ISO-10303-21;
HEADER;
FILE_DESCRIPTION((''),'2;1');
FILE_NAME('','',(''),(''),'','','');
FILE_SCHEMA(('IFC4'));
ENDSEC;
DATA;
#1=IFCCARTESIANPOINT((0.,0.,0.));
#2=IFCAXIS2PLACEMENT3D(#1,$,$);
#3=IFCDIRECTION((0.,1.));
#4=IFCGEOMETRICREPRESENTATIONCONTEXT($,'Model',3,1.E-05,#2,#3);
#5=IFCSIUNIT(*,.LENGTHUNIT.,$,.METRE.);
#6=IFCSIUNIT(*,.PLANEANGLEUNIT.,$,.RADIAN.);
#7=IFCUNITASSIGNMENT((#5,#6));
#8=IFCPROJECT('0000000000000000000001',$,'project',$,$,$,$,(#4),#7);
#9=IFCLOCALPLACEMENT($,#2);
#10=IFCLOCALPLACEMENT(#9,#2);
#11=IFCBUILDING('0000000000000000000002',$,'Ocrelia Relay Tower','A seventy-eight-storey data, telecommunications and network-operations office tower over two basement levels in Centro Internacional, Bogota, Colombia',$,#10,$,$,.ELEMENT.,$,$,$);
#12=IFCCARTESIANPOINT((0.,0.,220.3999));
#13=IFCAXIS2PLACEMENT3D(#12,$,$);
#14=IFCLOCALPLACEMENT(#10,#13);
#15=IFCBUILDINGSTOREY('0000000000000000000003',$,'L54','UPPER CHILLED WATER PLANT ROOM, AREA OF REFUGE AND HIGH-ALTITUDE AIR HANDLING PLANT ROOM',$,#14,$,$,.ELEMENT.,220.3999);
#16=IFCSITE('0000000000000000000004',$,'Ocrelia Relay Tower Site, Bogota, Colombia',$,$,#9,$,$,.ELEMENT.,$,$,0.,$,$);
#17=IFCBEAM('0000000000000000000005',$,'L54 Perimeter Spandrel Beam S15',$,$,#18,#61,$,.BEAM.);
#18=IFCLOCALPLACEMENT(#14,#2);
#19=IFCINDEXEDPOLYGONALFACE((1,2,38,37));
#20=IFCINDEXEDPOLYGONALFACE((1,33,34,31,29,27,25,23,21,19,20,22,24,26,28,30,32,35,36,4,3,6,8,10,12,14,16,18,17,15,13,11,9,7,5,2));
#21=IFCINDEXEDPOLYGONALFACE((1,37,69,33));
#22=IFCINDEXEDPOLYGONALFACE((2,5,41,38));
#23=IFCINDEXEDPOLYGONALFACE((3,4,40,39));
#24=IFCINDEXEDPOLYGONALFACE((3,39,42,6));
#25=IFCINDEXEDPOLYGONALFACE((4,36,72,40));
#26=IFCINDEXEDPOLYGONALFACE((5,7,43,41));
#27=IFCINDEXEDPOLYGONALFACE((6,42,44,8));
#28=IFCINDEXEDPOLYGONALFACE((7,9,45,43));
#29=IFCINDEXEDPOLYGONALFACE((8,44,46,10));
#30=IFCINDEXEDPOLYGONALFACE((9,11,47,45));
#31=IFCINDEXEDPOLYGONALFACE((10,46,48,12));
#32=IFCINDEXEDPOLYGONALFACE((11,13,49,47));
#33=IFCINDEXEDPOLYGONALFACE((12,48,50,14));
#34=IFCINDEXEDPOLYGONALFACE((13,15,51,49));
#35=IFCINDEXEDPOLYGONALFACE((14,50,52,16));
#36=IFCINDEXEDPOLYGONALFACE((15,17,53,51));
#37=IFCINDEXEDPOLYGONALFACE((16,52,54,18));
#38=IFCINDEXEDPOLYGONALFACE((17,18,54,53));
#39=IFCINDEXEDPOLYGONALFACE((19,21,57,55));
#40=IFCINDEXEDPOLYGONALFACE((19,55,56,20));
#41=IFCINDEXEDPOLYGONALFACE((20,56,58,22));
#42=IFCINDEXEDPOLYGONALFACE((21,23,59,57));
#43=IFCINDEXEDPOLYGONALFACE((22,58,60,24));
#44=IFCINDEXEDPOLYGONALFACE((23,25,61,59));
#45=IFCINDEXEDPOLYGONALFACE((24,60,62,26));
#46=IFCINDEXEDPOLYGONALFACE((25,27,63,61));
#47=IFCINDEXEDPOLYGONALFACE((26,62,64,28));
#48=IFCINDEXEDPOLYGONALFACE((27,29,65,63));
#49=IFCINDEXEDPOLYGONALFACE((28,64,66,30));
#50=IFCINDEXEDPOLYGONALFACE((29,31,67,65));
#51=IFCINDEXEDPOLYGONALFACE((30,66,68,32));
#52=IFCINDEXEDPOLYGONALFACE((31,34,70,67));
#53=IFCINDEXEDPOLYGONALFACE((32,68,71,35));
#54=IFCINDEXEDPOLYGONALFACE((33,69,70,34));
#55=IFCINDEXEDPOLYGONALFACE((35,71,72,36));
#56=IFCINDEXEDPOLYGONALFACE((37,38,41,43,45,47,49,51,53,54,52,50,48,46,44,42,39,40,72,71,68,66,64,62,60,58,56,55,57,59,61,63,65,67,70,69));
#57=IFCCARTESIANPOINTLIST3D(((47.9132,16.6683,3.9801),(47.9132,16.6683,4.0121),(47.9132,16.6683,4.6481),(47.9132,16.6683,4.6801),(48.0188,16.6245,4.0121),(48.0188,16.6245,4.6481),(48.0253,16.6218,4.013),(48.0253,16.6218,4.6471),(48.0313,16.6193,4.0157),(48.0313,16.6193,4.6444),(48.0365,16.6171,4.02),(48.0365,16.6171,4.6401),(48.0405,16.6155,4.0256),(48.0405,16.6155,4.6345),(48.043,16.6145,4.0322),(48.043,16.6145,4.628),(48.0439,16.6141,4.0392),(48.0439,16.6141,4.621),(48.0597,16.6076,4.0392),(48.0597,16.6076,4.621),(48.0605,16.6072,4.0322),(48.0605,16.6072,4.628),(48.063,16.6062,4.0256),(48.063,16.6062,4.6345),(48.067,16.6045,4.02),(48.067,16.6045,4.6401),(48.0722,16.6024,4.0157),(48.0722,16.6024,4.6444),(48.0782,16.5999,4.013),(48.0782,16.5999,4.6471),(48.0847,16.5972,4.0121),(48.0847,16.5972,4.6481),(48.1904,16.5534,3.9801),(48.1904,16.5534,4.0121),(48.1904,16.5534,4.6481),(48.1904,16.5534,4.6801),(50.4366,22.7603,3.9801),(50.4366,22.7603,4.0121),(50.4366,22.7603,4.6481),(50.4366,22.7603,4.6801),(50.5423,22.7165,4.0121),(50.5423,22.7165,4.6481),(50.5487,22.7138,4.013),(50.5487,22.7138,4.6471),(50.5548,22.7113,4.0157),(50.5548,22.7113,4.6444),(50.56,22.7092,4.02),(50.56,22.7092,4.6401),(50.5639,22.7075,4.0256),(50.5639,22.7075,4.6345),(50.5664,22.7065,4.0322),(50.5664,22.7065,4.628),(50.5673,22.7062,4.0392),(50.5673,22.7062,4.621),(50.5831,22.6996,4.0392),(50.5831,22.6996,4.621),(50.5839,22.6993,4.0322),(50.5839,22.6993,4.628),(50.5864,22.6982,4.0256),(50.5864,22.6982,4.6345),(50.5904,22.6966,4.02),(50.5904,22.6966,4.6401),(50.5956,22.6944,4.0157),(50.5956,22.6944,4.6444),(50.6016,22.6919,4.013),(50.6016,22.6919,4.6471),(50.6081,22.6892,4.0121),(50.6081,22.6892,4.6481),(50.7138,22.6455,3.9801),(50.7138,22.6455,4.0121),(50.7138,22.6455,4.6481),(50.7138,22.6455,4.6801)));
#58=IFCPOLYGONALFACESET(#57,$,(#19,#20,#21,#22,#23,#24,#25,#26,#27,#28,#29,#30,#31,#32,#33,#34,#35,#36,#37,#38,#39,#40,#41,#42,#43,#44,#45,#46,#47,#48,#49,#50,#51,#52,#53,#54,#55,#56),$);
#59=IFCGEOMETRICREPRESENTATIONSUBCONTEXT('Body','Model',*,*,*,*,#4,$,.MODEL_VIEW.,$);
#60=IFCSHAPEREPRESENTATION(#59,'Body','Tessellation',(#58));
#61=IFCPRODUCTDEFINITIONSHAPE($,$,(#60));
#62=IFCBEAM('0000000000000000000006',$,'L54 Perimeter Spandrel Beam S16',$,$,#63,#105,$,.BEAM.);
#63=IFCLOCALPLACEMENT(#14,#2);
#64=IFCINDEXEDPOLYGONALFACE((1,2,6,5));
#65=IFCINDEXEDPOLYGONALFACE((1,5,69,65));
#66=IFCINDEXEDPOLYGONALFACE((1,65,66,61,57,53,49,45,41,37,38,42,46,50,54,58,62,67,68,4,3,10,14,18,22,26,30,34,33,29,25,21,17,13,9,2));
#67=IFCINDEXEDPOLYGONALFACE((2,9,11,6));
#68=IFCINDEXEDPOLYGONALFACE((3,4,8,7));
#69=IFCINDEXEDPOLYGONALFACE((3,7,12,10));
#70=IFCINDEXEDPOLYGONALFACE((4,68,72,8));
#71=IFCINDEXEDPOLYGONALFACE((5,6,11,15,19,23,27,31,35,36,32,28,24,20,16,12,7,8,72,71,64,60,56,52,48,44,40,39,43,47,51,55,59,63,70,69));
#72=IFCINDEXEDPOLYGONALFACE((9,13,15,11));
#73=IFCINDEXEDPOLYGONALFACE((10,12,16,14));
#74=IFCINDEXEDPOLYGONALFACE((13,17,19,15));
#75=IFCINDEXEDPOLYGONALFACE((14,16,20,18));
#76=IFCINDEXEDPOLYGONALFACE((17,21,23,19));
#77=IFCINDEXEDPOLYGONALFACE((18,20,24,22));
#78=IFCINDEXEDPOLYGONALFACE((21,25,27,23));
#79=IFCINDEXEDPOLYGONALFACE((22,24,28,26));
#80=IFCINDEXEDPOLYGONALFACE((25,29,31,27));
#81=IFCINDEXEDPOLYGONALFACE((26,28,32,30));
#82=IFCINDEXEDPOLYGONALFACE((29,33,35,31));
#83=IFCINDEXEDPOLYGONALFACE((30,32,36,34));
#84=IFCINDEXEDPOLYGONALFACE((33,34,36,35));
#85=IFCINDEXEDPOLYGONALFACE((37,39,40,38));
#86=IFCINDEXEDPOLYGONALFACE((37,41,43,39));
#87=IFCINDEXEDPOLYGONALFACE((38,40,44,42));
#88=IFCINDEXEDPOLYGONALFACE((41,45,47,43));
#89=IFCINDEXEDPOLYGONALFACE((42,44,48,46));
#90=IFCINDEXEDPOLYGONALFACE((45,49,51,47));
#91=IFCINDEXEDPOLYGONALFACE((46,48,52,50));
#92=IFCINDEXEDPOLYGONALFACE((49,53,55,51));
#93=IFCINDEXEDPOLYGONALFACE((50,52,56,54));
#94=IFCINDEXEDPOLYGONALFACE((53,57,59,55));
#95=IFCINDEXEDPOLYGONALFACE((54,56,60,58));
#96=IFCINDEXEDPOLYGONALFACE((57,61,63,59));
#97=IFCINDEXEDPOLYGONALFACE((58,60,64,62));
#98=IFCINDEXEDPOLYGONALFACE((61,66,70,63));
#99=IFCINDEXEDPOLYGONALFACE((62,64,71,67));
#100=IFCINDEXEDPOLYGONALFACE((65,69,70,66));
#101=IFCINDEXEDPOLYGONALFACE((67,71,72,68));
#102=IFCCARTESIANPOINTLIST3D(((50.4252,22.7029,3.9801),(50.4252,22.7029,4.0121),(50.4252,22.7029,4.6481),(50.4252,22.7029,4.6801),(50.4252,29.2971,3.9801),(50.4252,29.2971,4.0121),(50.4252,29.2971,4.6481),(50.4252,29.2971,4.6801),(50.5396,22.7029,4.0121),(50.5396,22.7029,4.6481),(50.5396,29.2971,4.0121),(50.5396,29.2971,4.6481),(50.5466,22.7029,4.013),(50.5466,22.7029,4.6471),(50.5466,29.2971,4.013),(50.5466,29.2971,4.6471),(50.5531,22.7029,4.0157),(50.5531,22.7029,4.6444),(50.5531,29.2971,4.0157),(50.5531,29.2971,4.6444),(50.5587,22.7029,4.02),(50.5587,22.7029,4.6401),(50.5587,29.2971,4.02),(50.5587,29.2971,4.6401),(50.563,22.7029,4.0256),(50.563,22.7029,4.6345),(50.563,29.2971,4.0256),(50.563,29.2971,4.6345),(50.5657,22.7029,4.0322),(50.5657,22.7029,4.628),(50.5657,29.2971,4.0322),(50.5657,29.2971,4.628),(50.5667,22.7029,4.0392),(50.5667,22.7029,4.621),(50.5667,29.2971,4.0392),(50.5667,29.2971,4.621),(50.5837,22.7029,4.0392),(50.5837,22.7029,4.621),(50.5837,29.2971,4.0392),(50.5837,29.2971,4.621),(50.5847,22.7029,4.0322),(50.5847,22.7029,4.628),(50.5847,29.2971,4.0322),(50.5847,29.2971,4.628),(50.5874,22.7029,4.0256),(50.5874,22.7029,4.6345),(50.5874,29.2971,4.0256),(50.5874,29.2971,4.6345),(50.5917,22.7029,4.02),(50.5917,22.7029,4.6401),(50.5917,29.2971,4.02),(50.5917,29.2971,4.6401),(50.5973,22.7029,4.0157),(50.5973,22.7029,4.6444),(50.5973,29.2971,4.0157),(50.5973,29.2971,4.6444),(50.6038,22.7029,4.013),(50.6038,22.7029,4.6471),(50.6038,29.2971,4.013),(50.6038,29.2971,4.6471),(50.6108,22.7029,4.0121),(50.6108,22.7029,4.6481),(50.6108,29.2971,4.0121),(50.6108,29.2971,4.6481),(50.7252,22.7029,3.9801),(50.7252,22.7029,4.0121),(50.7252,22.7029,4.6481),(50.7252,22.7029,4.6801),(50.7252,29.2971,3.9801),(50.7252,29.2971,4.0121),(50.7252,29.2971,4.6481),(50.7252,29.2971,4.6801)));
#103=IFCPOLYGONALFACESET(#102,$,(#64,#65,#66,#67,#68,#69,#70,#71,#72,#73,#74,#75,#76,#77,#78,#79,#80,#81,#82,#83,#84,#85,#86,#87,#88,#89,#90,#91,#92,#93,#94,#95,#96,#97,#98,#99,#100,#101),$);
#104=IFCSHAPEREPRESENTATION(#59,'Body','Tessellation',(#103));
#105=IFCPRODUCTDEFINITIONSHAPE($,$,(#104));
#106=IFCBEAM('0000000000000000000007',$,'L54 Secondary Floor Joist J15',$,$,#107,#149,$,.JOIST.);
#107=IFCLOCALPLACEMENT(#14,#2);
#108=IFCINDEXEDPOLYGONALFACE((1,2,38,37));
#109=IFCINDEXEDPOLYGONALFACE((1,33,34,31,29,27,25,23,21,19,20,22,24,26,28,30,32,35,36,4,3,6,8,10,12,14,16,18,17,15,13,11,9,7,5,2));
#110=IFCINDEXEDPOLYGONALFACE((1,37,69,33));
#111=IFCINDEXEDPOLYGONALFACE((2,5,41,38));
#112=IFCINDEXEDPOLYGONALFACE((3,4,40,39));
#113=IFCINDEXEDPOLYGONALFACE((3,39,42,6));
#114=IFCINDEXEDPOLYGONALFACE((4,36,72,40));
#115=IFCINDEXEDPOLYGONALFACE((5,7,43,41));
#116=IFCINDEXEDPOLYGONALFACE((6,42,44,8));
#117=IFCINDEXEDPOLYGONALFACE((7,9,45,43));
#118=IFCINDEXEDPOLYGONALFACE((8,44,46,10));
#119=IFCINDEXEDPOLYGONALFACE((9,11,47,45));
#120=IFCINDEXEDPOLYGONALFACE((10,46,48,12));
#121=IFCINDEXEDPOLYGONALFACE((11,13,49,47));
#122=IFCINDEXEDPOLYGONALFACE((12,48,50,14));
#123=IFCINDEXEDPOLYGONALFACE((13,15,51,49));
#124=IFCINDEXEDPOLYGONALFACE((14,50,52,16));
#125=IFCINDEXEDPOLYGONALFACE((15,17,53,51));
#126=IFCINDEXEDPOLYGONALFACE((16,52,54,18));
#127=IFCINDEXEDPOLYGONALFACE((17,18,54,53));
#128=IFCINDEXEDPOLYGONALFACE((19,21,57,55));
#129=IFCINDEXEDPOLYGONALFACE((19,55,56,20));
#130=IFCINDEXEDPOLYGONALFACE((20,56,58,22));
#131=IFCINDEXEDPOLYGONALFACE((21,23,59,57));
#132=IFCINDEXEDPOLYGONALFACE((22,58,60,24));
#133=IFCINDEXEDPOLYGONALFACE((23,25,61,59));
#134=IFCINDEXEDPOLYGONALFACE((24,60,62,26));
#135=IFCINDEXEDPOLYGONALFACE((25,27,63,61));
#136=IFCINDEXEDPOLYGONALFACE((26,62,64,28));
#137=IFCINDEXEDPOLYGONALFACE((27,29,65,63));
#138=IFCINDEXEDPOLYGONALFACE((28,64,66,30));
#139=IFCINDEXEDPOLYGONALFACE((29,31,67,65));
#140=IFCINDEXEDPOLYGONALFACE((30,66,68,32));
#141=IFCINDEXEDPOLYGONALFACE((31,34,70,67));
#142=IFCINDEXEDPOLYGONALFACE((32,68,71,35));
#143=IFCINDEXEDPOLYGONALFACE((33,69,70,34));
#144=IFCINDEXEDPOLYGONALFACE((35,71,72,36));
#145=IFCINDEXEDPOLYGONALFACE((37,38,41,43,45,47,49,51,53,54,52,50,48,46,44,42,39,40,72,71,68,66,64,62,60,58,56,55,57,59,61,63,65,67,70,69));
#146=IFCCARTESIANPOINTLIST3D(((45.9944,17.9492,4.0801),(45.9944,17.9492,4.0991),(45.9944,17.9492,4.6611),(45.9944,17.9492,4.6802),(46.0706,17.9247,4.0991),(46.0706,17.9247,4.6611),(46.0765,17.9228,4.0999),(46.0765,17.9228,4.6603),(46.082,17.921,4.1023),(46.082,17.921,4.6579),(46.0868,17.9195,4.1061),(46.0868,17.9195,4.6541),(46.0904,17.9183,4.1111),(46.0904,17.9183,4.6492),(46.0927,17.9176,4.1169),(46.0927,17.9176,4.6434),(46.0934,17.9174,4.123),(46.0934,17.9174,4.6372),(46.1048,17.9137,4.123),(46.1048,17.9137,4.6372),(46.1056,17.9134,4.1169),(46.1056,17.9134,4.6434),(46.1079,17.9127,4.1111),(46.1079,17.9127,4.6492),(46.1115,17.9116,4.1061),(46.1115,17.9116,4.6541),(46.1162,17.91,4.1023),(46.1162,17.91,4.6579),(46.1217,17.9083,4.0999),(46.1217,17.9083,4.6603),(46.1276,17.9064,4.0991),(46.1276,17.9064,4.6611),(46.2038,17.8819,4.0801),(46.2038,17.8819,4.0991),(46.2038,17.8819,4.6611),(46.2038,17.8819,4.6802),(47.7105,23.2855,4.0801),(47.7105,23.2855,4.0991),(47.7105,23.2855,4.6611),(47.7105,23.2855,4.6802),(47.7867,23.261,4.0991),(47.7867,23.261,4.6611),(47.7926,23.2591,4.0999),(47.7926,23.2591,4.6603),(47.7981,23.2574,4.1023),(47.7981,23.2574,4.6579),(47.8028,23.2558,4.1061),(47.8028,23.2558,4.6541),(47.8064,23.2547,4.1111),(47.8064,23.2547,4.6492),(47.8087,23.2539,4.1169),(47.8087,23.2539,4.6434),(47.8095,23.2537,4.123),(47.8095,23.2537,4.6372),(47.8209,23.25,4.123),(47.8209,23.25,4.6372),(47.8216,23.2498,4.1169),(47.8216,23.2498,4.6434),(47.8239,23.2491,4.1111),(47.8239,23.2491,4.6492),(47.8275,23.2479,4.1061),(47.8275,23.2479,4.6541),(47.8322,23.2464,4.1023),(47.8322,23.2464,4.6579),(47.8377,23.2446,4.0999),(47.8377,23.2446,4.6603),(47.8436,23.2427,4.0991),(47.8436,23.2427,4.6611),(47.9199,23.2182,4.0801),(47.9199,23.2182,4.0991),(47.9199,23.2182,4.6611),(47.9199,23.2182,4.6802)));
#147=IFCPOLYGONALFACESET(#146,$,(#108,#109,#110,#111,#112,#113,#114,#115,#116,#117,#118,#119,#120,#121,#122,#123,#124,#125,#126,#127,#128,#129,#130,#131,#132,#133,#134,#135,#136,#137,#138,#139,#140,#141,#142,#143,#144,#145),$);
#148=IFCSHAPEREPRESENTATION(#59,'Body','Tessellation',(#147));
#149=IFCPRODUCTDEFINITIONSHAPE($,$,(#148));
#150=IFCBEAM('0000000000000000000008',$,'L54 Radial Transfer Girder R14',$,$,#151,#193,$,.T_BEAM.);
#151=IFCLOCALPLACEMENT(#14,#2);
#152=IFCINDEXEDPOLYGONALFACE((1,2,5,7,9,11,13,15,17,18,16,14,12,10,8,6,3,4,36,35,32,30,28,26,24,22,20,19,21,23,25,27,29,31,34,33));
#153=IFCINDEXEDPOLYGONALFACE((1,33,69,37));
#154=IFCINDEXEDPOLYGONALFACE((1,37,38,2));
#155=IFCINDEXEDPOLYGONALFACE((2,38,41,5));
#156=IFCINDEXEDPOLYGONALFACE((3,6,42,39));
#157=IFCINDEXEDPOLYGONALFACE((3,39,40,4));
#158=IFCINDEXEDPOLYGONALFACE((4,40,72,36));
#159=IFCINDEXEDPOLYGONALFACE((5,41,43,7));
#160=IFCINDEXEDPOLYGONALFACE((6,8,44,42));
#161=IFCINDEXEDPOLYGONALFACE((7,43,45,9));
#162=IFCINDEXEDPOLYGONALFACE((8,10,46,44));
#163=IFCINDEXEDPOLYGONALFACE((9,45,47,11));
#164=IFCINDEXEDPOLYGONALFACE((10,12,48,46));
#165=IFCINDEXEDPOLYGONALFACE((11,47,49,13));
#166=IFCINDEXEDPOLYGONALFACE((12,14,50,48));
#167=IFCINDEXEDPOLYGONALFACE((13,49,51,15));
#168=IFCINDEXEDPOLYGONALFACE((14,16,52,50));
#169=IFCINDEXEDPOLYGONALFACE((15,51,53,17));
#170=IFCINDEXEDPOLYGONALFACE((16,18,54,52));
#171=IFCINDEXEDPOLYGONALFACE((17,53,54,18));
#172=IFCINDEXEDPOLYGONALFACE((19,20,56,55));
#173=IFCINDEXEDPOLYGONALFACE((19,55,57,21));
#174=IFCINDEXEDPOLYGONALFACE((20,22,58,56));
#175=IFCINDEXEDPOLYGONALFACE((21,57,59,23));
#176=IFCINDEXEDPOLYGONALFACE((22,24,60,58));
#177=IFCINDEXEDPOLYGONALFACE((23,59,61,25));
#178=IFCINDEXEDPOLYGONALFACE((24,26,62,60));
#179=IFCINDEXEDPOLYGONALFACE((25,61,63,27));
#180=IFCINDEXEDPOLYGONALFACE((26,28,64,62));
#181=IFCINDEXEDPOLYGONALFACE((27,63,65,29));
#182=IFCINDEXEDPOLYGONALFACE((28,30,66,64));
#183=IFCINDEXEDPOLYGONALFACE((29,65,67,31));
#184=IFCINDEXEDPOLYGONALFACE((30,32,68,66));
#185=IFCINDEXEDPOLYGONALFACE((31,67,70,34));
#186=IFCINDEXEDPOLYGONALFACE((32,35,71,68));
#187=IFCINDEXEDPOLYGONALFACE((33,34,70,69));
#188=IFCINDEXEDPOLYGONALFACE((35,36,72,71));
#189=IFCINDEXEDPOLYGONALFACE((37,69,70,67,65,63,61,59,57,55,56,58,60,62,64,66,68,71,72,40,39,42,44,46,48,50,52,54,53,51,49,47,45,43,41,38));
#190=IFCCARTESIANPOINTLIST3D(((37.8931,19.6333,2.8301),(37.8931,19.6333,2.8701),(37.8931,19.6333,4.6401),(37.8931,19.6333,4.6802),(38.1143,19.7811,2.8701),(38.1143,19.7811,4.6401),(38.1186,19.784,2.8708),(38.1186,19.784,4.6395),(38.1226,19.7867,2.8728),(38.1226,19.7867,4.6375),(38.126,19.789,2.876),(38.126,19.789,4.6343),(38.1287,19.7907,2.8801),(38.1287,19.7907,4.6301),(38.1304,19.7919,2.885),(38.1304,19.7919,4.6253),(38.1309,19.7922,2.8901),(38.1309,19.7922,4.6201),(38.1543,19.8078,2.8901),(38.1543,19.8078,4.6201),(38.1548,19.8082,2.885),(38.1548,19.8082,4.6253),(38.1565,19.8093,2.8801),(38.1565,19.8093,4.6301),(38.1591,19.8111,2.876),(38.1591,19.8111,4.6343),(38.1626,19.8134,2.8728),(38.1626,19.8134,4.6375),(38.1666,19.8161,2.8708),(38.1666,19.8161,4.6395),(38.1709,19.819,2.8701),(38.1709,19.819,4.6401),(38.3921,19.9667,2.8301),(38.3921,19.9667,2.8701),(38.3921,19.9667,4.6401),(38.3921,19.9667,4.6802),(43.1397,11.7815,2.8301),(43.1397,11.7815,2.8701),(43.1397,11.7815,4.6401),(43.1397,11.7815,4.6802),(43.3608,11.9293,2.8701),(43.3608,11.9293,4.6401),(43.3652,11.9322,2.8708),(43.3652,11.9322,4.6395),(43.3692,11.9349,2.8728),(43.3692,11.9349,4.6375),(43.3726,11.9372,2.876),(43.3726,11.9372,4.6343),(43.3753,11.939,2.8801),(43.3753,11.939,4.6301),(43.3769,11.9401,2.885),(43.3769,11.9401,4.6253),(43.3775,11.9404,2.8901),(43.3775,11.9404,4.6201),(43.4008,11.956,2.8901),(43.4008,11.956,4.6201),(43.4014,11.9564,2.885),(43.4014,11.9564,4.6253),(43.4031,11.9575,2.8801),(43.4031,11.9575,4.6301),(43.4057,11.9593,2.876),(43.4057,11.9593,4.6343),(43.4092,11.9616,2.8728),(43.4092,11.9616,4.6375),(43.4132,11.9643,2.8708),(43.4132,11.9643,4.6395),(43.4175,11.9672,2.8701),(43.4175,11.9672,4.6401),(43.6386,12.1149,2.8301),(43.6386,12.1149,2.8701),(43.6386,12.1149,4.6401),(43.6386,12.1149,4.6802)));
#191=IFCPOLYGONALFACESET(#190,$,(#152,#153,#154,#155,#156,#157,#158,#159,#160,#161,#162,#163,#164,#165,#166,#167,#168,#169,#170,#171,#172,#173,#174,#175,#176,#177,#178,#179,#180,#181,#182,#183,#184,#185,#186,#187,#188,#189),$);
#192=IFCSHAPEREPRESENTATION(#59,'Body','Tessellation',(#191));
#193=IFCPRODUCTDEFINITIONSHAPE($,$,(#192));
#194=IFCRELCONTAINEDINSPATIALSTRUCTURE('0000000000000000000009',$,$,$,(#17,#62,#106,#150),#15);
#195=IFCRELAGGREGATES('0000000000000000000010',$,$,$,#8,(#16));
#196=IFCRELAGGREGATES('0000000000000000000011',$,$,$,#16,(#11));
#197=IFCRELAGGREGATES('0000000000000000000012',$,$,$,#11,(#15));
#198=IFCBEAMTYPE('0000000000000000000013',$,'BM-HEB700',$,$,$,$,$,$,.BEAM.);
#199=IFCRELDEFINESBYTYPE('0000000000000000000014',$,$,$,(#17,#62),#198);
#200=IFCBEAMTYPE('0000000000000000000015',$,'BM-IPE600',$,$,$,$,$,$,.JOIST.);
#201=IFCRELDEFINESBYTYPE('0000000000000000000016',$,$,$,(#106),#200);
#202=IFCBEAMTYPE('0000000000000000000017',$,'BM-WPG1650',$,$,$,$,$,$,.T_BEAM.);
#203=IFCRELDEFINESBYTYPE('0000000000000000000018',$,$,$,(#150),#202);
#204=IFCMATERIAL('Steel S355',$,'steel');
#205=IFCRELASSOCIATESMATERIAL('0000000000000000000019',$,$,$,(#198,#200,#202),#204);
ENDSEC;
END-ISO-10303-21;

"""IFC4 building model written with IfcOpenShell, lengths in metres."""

from ifc_helpers import new_model, si_unit, direction, frame, origin, origin_2d, place, context, subcontext, project, spatial, i_section, extrude, material, material_profile, profile_set, type_object, element, save


model = new_model("IFC4")

# Units and contexts
model_context = context("Model", 3, precision=1e-05, world=origin(), true_north=direction((0.0, 1.0)))
body_context = subcontext(model_context, "Body", "Model", "MODEL_VIEW")
ifc_project = project(units=[si_unit("LENGTHUNIT", "METRE"), si_unit("PLANEANGLEUNIT", "RADIAN")], contexts=[model_context])

# Site, building, storey
site_placement = place(None, origin())
site = spatial("IfcSite", under=ifc_project, at=site_placement, Name="Ocrelia Relay Tower Site, Bogota, Colombia", CompositionType="ELEMENT", RefElevation=0.0)
building_placement = place(site_placement, origin())
building = spatial("IfcBuilding", under=site, at=building_placement, Name="Ocrelia Relay Tower", Description="A seventy-eight-storey data, telecommunications and network-operations office tower over two basement levels in Centro Internacional, Bogota, Colombia", CompositionType="ELEMENT")
storey_placement = place(building_placement, frame((0.0, 0.0, 220.3999)))
storey = spatial("IfcBuildingStorey", under=building, at=storey_placement, Name="L54", Description="UPPER CHILLED WATER PLANT ROOM, AREA OF REFUGE AND HIGH-ALTITUDE AIR HANDLING PLANT ROOM", CompositionType="ELEMENT", Elevation=220.3999)

# Beams
ifc_material_1 = material(Name="Steel S355", Category="steel")
ifc_material_profile_1 = material_profile(ifc_material_1, i_section(OverallWidth=0.3, OverallDepth=0.7, WebThickness=0.0171, FlangeThickness=0.032, FilletRadius=0.0271, at=origin_2d()), Name="HEB 700")
ifc_profile_set_1 = profile_set([ifc_material_profile_1], Name="Steel S355")
beam_type_1 = type_object("IfcBeamType", Name="BM-HEB700", PredefinedType="BEAM", material=ifc_profile_set_1)
for number, where, z_axis, x_axis, name in (
    (1, (48.0518, 16.6108, 4.3301), (0.382688, 0.923878, 0.0), (-0.923878, 0.382688, 0.0), "L54 Perimeter Spandrel Beam S15"),
):
    element("IfcBeam", number, at=place(storey_placement, frame(where, z_axis=z_axis, x_axis=x_axis)), inside=storey, type_object=beam_type_1, Name=name, PredefinedType="BEAM", context=body_context, shape_type="SweptSolid", body=[
        extrude(i_section(OverallWidth=0.3, OverallDepth=0.7, WebThickness=0.0171, FlangeThickness=0.032, FilletRadius=0.0271, at=origin_2d()), origin(), (0.0, 0.0, 1.0), 6.594),
    ])
beam_1_placement = place(storey_placement, frame((50.5752, 22.7029, 4.3301), z_axis=(0.0, 1.0, 0.0), x_axis=(-1.0, 0.0, 0.0)))
element("IfcBeam", 2, at=beam_1_placement, inside=storey, type_object=beam_type_1, Name="L54 Perimeter Spandrel Beam S16", PredefinedType="BEAM", context=body_context, shape_type="SweptSolid", body=[
    extrude(i_section(OverallWidth=0.3, OverallDepth=0.7, WebThickness=0.0171, FlangeThickness=0.032, FilletRadius=0.0271, at=origin_2d()), origin(), (0.0, 0.0, 1.0), 6.5942),
])
ifc_material_profile_2 = material_profile(ifc_material_1, i_section(OverallWidth=0.22, OverallDepth=0.6001, WebThickness=0.012, FlangeThickness=0.019, FilletRadius=0.0239, at=origin_2d()), Name="IPE 600")
ifc_profile_set_2 = profile_set([ifc_material_profile_2], Name="Steel S355")
beam_type_2 = type_object("IfcBeamType", Name="BM-IPE600", PredefinedType="JOIST", material=ifc_profile_set_2)
beam_2_placement = place(storey_placement, frame((46.0991, 17.9155, 4.3801), z_axis=(0.306136, 0.951988, 0.0), x_axis=(-0.951988, 0.306136, 0.0)))
element("IfcBeam", 3, at=beam_2_placement, inside=storey, type_object=beam_type_2, Name="L54 Secondary Floor Joist J15", PredefinedType="JOIST", context=body_context, shape_type="SweptSolid", body=[
    extrude(i_section(OverallWidth=0.22, OverallDepth=0.6001, WebThickness=0.012, FlangeThickness=0.019, FilletRadius=0.0239, at=origin_2d()), origin(), (0.0, 0.0, 1.0), 5.6055),
])
ifc_material_profile_3 = material_profile(ifc_material_1, i_section(OverallWidth=0.6001, OverallDepth=1.8501, WebThickness=0.0281, FlangeThickness=0.04, FilletRadius=0.02, at=origin_2d()), Name="WPG 1850x600")
ifc_profile_set_3 = profile_set([ifc_material_profile_3], Name="Steel S355")
beam_type_3 = type_object("IfcBeamType", Name="BM-WPG1650", PredefinedType="T_BEAM", material=ifc_profile_set_3)
beam_3_placement = place(storey_placement, frame((43.3892, 11.9482, 3.7551), z_axis=(-0.555583, 0.831461, 0.0), x_axis=(-0.831461, -0.555583, 0.0)))
element("IfcBeam", 4, at=beam_3_placement, inside=storey, type_object=beam_type_3, Name="L54 Radial Transfer Girder R14", PredefinedType="T_BEAM", context=body_context, shape_type="SweptSolid", body=[
    extrude(i_section(OverallWidth=0.6001, OverallDepth=1.8501, WebThickness=0.0281, FlangeThickness=0.04, FilletRadius=0.02, at=origin_2d()), origin(), (0.0, 0.0, 1.0), 9.4434),
])

save(model, "model.ifc")
